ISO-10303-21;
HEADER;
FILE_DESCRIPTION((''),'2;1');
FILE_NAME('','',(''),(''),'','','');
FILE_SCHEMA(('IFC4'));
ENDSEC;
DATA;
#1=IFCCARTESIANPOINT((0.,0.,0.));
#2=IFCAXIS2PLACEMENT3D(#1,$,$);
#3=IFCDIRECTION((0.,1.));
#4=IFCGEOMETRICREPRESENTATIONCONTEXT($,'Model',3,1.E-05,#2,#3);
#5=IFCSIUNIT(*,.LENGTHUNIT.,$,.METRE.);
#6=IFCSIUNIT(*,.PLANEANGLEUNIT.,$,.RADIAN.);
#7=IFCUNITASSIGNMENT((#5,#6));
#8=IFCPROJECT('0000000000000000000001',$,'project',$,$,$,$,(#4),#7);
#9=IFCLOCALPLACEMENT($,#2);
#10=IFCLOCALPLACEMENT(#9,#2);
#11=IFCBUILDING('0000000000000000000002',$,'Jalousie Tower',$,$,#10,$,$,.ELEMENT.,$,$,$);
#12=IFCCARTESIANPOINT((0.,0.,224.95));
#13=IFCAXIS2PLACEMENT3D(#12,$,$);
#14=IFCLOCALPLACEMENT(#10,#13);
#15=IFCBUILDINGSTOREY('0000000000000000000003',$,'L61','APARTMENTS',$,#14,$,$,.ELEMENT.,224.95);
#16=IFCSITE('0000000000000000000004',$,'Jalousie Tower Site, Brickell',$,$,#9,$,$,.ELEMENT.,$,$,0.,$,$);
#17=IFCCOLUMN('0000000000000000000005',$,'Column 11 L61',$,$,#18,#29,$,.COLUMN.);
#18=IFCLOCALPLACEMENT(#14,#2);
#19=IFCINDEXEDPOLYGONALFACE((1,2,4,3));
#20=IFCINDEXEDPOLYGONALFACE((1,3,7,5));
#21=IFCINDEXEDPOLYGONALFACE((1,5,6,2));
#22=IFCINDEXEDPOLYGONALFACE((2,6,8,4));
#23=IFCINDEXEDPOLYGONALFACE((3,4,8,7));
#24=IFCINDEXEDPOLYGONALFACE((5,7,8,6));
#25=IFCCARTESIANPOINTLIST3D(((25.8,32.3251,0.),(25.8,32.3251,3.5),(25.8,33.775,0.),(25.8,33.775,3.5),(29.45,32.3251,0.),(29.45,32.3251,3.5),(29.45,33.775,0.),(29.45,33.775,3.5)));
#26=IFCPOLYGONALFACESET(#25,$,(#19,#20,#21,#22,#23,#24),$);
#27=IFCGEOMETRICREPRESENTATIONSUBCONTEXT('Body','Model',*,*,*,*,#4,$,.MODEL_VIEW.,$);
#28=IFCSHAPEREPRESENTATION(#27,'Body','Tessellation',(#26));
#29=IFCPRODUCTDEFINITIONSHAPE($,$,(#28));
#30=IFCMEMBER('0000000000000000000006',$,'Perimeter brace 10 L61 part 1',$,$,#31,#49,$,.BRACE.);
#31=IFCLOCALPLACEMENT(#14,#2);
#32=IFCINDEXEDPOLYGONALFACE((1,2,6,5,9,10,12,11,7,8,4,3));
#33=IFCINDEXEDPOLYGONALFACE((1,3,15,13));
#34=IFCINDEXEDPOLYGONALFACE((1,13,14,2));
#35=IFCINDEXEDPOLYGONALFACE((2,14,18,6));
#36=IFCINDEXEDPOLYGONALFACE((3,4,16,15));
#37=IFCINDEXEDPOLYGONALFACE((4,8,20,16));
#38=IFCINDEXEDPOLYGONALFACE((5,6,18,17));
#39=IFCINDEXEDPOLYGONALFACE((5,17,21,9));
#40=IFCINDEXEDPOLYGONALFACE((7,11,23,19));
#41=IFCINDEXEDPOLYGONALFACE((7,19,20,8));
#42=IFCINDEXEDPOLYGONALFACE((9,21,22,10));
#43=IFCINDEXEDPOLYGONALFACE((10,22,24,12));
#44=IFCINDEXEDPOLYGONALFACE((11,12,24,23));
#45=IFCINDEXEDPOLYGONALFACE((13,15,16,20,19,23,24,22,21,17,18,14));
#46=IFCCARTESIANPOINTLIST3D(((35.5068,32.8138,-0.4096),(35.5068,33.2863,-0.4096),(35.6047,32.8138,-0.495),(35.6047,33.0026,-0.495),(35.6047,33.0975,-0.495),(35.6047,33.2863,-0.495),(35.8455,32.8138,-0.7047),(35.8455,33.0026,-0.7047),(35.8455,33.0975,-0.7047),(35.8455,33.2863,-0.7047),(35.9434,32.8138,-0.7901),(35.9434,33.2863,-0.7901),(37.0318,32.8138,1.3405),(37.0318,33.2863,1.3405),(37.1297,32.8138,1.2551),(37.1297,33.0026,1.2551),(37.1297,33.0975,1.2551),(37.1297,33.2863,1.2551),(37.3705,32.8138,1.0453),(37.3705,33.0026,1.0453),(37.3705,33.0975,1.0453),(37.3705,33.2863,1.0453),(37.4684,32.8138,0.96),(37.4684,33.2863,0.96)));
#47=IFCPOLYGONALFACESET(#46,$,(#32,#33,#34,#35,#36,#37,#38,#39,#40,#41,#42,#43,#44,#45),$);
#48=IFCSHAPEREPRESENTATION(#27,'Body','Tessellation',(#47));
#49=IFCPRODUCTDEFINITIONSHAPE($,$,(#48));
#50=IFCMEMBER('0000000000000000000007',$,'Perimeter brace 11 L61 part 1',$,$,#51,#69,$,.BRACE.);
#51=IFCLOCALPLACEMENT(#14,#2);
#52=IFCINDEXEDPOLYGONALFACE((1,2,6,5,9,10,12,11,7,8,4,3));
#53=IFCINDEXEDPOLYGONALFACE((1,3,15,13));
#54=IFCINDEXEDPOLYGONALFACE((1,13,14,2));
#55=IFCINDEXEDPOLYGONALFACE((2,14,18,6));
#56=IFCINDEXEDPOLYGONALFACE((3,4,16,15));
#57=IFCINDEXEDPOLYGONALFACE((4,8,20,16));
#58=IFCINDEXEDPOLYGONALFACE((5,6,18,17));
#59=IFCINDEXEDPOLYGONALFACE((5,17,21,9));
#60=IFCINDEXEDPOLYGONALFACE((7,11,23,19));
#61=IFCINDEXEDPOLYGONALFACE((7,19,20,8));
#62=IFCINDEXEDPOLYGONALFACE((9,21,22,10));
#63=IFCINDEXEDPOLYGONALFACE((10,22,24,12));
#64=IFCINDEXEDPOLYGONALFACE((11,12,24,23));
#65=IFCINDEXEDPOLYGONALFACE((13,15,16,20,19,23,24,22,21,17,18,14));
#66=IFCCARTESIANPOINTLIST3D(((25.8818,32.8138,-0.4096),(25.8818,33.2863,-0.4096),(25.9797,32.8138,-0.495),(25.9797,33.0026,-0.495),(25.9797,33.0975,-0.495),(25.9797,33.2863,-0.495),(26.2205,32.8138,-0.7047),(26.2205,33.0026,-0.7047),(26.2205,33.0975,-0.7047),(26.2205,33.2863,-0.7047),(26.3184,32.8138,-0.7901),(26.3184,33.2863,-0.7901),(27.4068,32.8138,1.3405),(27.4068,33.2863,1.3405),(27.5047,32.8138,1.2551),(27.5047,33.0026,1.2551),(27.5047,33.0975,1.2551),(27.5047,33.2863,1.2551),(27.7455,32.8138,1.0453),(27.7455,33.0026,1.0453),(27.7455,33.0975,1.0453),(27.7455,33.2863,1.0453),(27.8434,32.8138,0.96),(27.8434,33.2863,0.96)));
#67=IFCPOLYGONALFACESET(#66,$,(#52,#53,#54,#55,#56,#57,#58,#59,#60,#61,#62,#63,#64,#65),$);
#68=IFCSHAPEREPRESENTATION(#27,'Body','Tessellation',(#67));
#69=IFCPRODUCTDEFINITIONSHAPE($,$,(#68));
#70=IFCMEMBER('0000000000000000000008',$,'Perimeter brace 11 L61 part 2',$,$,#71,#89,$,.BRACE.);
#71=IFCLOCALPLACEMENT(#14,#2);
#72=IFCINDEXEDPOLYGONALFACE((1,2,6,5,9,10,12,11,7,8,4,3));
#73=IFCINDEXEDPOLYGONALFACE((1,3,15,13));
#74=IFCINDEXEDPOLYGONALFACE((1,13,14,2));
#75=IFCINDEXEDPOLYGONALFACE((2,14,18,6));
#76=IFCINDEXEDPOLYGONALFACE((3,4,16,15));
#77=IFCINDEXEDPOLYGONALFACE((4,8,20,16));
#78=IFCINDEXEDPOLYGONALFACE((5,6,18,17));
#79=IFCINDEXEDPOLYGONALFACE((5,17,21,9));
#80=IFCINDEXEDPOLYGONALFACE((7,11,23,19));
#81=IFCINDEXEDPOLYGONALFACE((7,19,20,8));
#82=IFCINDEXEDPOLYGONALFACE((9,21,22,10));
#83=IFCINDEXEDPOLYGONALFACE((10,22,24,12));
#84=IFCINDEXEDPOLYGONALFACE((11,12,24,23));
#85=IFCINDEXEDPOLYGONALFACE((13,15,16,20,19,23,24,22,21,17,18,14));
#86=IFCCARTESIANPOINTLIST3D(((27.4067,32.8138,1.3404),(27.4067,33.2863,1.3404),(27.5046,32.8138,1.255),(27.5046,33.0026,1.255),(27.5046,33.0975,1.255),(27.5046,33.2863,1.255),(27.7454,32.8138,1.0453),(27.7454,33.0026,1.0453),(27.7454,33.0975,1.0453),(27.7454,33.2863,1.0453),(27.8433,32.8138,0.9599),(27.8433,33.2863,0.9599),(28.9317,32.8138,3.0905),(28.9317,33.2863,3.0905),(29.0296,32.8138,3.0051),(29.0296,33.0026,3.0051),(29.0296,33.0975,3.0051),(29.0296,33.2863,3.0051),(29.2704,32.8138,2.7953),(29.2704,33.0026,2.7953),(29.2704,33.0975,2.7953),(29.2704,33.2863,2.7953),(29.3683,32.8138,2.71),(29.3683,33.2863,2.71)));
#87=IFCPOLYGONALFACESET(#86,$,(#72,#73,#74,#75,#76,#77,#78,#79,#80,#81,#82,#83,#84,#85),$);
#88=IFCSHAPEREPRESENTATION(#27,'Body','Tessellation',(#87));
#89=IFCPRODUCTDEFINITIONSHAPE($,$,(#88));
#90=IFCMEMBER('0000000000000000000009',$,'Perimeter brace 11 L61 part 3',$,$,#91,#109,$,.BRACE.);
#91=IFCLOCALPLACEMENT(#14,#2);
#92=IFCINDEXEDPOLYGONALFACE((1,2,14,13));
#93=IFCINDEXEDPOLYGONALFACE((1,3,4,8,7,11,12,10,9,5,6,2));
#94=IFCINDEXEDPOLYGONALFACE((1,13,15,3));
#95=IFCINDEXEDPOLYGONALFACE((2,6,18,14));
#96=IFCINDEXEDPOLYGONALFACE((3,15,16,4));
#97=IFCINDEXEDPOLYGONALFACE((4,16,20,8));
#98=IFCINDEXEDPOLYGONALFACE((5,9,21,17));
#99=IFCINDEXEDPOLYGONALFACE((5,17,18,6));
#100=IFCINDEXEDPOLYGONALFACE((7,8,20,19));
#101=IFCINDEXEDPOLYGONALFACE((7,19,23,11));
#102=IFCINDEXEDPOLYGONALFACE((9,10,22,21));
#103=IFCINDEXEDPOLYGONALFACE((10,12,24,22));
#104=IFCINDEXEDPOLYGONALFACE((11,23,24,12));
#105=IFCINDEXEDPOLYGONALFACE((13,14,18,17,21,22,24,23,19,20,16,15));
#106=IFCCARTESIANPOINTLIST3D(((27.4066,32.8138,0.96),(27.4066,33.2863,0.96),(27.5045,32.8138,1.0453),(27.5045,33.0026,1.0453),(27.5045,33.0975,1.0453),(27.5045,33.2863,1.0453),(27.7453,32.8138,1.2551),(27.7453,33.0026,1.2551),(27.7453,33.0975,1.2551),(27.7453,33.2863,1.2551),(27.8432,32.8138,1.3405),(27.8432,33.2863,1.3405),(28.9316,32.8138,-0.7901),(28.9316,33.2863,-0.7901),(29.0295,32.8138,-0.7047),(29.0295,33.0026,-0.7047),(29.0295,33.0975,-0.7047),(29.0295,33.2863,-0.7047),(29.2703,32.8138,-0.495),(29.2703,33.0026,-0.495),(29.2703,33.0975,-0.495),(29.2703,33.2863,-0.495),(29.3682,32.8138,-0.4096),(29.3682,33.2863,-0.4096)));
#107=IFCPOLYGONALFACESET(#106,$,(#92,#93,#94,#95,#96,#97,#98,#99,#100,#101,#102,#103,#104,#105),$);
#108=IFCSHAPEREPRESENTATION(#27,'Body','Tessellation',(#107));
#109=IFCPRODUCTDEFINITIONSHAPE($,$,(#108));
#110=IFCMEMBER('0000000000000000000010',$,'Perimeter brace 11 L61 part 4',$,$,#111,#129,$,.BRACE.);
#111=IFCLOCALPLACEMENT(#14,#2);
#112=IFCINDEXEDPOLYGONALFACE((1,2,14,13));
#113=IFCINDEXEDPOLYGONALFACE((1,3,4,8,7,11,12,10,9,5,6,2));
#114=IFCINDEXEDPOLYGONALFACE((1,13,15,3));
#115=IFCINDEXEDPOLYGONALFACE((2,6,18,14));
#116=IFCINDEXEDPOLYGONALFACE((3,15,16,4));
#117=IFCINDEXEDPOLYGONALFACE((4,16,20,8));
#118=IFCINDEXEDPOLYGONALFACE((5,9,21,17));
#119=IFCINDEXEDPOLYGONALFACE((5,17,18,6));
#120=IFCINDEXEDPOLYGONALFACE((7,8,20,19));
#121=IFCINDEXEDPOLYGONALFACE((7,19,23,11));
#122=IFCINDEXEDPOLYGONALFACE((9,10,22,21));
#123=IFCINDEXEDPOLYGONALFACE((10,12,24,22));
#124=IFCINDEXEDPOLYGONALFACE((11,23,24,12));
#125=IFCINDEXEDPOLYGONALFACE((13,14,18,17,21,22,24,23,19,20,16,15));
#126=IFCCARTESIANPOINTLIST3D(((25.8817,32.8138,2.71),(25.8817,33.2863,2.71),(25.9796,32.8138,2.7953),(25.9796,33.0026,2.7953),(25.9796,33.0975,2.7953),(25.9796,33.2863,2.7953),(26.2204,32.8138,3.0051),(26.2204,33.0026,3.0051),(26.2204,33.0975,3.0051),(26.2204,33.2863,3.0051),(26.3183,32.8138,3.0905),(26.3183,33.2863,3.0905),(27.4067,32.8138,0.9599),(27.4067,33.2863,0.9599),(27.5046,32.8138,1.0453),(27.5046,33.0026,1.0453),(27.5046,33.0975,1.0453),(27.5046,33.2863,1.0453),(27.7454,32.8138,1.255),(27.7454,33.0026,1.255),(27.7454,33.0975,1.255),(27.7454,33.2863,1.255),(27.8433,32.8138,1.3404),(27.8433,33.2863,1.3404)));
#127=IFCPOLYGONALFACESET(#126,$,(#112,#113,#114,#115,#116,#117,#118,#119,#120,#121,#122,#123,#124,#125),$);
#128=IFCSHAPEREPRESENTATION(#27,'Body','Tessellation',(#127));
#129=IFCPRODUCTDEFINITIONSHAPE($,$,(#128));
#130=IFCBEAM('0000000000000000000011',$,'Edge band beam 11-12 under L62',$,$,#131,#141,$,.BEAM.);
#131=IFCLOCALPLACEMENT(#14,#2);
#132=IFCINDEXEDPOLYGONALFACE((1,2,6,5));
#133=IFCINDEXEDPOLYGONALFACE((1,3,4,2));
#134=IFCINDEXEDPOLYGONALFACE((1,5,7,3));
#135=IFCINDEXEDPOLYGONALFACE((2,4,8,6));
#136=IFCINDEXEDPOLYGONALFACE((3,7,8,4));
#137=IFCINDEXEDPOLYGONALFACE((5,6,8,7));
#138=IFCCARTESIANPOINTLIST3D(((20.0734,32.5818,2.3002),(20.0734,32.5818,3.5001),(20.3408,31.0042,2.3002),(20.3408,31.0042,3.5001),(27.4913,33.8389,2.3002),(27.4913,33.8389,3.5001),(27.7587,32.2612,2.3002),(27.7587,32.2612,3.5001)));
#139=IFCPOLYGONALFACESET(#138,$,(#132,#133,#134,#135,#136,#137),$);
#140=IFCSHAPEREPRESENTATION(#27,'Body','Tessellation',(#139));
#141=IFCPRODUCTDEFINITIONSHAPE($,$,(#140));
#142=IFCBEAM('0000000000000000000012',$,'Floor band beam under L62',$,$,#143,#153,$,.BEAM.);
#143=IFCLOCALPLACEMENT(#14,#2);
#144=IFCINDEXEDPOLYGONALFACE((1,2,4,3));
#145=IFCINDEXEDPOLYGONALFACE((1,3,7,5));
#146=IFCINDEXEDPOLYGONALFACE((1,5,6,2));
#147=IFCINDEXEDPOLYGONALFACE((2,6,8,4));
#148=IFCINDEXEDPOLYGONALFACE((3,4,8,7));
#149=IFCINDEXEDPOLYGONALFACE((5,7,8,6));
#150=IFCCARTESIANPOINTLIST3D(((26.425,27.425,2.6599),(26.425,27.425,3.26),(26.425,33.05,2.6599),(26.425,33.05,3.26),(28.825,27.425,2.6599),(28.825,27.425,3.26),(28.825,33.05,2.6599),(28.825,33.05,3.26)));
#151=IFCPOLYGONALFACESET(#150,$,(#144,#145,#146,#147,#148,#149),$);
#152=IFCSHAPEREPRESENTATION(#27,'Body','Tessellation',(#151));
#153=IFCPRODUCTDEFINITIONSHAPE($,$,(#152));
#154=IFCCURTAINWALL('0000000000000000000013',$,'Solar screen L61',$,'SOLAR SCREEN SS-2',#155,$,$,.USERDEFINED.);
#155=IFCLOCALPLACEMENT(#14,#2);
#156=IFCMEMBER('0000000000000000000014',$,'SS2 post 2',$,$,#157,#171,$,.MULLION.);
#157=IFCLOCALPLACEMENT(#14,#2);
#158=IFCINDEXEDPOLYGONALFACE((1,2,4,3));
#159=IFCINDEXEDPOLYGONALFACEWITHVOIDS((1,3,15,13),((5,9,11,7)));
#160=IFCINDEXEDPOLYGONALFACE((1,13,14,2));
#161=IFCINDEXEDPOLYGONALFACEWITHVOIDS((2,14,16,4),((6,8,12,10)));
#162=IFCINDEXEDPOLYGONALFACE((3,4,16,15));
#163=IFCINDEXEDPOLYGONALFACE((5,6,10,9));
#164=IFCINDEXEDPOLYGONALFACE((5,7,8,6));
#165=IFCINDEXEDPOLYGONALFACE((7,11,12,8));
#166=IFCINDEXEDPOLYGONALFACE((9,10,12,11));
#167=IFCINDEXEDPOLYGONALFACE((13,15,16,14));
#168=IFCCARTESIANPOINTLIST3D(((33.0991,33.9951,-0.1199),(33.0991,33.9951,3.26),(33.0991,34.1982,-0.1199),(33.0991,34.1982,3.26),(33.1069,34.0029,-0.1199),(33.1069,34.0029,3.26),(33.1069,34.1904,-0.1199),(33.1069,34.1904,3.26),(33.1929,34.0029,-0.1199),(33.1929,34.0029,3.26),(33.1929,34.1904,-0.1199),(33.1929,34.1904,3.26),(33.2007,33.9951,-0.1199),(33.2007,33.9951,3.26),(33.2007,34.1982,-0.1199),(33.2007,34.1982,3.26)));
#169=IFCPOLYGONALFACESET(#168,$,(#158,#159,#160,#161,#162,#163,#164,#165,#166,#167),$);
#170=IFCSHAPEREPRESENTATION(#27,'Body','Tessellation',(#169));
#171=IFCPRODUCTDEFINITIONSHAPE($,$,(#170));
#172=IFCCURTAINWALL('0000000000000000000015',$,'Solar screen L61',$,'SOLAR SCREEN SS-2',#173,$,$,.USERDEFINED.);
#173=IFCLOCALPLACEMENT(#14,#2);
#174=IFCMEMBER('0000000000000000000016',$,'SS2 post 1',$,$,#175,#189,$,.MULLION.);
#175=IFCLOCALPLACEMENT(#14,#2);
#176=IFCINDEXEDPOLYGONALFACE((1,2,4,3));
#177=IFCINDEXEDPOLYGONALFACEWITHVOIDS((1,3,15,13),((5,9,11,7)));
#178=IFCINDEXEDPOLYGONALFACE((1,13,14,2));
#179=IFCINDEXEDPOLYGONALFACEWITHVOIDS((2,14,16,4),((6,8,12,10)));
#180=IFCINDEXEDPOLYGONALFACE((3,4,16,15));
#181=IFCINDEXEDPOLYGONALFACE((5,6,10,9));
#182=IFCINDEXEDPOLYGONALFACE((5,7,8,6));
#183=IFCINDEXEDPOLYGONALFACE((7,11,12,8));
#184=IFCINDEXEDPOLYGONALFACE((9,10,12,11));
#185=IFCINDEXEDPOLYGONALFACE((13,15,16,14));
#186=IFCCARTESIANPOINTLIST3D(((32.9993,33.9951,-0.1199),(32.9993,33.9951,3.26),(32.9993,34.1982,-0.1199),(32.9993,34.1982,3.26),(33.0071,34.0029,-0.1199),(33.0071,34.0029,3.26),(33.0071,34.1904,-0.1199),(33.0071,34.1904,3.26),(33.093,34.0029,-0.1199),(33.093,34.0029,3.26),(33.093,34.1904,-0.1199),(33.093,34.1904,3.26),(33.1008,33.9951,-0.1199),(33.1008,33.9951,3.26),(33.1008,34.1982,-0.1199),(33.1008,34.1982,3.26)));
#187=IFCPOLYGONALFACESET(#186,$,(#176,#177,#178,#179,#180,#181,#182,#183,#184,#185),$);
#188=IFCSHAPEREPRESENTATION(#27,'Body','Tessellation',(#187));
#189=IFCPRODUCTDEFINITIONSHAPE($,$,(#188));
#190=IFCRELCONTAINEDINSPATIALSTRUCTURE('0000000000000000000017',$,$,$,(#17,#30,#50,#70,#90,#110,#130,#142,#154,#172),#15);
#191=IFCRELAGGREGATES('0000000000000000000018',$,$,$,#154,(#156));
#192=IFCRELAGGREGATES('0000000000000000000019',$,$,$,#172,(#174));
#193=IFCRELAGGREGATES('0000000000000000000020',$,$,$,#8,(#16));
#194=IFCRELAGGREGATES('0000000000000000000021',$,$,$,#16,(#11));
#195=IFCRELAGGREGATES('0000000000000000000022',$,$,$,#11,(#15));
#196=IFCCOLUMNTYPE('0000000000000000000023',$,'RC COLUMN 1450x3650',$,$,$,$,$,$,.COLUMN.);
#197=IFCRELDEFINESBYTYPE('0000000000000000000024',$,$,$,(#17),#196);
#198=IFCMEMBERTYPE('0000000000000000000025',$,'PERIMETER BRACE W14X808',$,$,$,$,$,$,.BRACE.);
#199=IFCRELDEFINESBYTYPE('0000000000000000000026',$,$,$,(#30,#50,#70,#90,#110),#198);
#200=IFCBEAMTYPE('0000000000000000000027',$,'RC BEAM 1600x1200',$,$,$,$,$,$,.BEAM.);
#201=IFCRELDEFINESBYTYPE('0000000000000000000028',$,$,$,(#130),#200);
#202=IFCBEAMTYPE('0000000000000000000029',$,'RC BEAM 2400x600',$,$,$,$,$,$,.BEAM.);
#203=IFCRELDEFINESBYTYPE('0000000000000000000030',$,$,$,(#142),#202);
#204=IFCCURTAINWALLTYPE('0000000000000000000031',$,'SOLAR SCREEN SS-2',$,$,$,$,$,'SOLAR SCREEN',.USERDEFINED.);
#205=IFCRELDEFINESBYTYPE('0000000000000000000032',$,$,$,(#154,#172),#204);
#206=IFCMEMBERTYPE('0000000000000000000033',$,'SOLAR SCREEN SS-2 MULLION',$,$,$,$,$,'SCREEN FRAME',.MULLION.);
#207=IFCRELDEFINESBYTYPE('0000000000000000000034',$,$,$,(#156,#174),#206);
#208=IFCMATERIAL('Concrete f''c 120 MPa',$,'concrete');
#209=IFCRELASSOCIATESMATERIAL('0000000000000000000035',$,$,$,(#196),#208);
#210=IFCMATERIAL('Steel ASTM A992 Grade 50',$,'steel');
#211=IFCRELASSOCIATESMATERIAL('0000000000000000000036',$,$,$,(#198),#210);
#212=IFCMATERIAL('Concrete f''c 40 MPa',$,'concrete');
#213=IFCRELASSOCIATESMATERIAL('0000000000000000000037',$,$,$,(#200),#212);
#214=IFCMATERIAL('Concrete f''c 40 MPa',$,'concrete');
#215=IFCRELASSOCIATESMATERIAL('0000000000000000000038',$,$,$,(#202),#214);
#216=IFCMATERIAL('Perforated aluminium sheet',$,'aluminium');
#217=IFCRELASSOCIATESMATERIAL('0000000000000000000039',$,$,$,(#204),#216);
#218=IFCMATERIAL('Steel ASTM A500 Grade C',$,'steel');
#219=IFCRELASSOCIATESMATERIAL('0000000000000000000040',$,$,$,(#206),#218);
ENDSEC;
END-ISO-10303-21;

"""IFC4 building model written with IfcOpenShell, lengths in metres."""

from ifc_helpers import new_model, si_unit, direction, frame, origin, origin_2d, place, context, subcontext, project, spatial, rectangle, hollow_rectangle, i_section, extrude, material, material_profile, profile_set, type_object, element, aggregate, save


model = new_model("IFC4")

# Units and contexts
model_context = context("Model", 3, precision=1e-05, world=origin(), true_north=direction((0.0, 1.0)))
body_context = subcontext(model_context, "Body", "Model", "MODEL_VIEW")
ifc_project = project(units=[si_unit("LENGTHUNIT", "METRE"), si_unit("PLANEANGLEUNIT", "RADIAN")], contexts=[model_context])

# Site, building, storey
site_placement = place(None, origin())
site = spatial("IfcSite", under=ifc_project, at=site_placement, Name="Jalousie Tower Site, Brickell", CompositionType="ELEMENT", RefElevation=0.0)
building_placement = place(site_placement, origin())
building = spatial("IfcBuilding", under=site, at=building_placement, Name="Jalousie Tower", CompositionType="ELEMENT")
storey_placement = place(building_placement, frame((0.0, 0.0, 224.95)))
storey = spatial("IfcBuildingStorey", under=building, at=storey_placement, Name="L61", Description="APARTMENTS", CompositionType="ELEMENT", Elevation=224.95)

# Column
ifc_material_1 = material(Name="Concrete f'c 120 MPa", Category="concrete")
ifc_material_profile_1 = material_profile(ifc_material_1, rectangle(XDim=1.45, YDim=3.6499, at=origin_2d()), Name="RC 1450x3650")
ifc_profile_set_1 = profile_set([ifc_material_profile_1], Name="Concrete f'c 120 MPa")
column_type = type_object("IfcColumnType", Name="RC COLUMN 1450x3650", PredefinedType="COLUMN", material=ifc_profile_set_1)
column_placement = place(storey_placement, frame((27.625, 33.05, 0.0), z_axis=(0.0, 0.0, 1.0), x_axis=(0.0, 1.0, 0.0)))
element("IfcColumn", 1, at=column_placement, inside=storey, type_object=column_type, Name="Column 11 L61", PredefinedType="COLUMN", context=body_context, shape_type="SweptSolid", body=[
    extrude(rectangle(XDim=1.45, YDim=3.6499, at=origin_2d()), origin(), (0.0, 0.0, 1.0), 3.5),
])

# Members
ifc_material_2 = material(Name="Steel ASTM A992 Grade 50", Category="steel")
ifc_material_profile_2 = material_profile(ifc_material_2, i_section(OverallWidth=0.4724, OverallDepth=0.5791, WebThickness=0.095, FlangeThickness=0.1299, at=origin_2d()), Name="W14X808")
ifc_profile_set_2 = profile_set([ifc_material_profile_2], Name="Steel ASTM A992 Grade 50")
member_type_1 = type_object("IfcMemberType", Name="PERIMETER BRACE W14X808", PredefinedType="BRACE", material=ifc_profile_set_2)
for number, where, z_axis, x_axis, name in (
    (2, (35.7251, 33.05, -0.5999), (0.656954, 0.0, 0.75393), (0.0, 1.0, 0.0), "Perimeter brace 10 L61 part 1"),
    (3, (26.1001, 33.05, -0.5999), (0.656954, 0.0, 0.75393), (0.0, 1.0, 0.0), "Perimeter brace 11 L61 part 1"),
    (4, (27.625, 33.05, 1.1501), (0.656954, 0.0, 0.75393), (0.0, 1.0, 0.0), "Perimeter brace 11 L61 part 2"),
    (5, (29.1499, 33.05, -0.5999), (-0.656954, 0.0, 0.75393), (0.0, -1.0, 0.0), "Perimeter brace 11 L61 part 3"),
    (6, (27.625, 33.05, 1.1501), (-0.656954, 0.0, 0.75393), (0.0, -1.0, 0.0), "Perimeter brace 11 L61 part 4"),
):
    element("IfcMember", number, at=place(storey_placement, frame(where, z_axis=z_axis, x_axis=x_axis)), inside=storey, type_object=member_type_1, Name=name, PredefinedType="BRACE", context=body_context, shape_type="SweptSolid", body=[
        extrude(i_section(OverallWidth=0.4724, OverallDepth=0.5791, WebThickness=0.095, FlangeThickness=0.1299, at=origin_2d()), origin(), (0.0, 0.0, 1.0), 2.3213),
    ])

# Beams
ifc_material_3 = material(Name="Concrete f'c 40 MPa", Category="concrete")
ifc_material_profile_3 = material_profile(ifc_material_3, rectangle(XDim=1.6001, YDim=1.2, at=origin_2d()), Name="RC 1600x1200")
ifc_profile_set_3 = profile_set([ifc_material_profile_3], Name="Concrete f'c 40 MPa")
beam_type_1 = type_object("IfcBeamType", Name="RC BEAM 1600x1200", PredefinedType="BEAM", material=ifc_profile_set_3)
beam_1_placement = place(storey_placement, frame((27.625, 33.05, 2.9001), z_axis=(-0.985943, -0.167082, 0.0), x_axis=(0.167082, -0.985943, 0.0)))
element("IfcBeam", 7, at=beam_1_placement, inside=storey, type_object=beam_type_1, Name="Edge band beam 11-12 under L62", PredefinedType="BEAM", context=body_context, shape_type="SweptSolid", body=[
    extrude(rectangle(XDim=1.6001, YDim=1.2, at=origin_2d()), origin(), (0.0, 0.0, 1.0), 7.5237),
])
ifc_material_4 = material(Name="Concrete f'c 40 MPa", Category="concrete")
ifc_material_profile_4 = material_profile(ifc_material_4, rectangle(XDim=2.3999, YDim=0.6001, at=origin_2d()), Name="RC 2400x600")
ifc_profile_set_4 = profile_set([ifc_material_profile_4], Name="Concrete f'c 40 MPa")
beam_type_2 = type_object("IfcBeamType", Name="RC BEAM 2400x600", PredefinedType="BEAM", material=ifc_profile_set_4)
beam_2_placement = place(storey_placement, frame((27.625, 33.05, 2.96), z_axis=(0.0, -1.0, 0.0), x_axis=(1.0, 0.0, 0.0)))
element("IfcBeam", 8, at=beam_2_placement, inside=storey, type_object=beam_type_2, Name="Floor band beam under L62", PredefinedType="BEAM", context=body_context, shape_type="SweptSolid", body=[
    extrude(rectangle(XDim=2.3999, YDim=0.6001, at=origin_2d()), origin(), (0.0, 0.0, 1.0), 5.625),
])

# Curtain wall, member
ifc_material_5 = material(Name="Perforated aluminium sheet", Category="aluminium")
curtain_wall_type = type_object("IfcCurtainWallType", Name="SOLAR SCREEN SS-2", ElementType="SOLAR SCREEN", PredefinedType="USERDEFINED", material=ifc_material_5)
curtain_wall_1_placement = place(storey_placement, origin())
curtain_wall_1 = element("IfcCurtainWall", 9, at=curtain_wall_1_placement, inside=storey, type_object=curtain_wall_type, Name="Solar screen L61", ObjectType="SOLAR SCREEN SS-2", PredefinedType="USERDEFINED")
ifc_material_6 = material(Name="Steel ASTM A500 Grade C", Category="steel")
ifc_material_profile_5 = material_profile(ifc_material_6, hollow_rectangle(XDim=0.1016, YDim=0.2031, WallThickness=0.0078, at=origin_2d()), Name="HSS8X4X5/16")
ifc_profile_set_5 = profile_set([ifc_material_profile_5], Name="Steel ASTM A500 Grade C")
member_type_2 = type_object("IfcMemberType", Name="SOLAR SCREEN SS-2 MULLION", ElementType="SCREEN FRAME", PredefinedType="MULLION", material=ifc_profile_set_5)
member_1_placement = place(storey_placement, frame((33.1499, 34.0967, -0.1199), z_axis=(0.0, 0.0, 1.0), x_axis=(-1.0, 0.0, 0.0)))
member_1 = element("IfcMember", 10, at=member_1_placement, type_object=member_type_2, Name="SS2 post 2", PredefinedType="MULLION", context=body_context, shape_type="SweptSolid", body=[
    extrude(hollow_rectangle(XDim=0.1016, YDim=0.2031, WallThickness=0.0078, at=origin_2d()), origin(), (0.0, 0.0, 1.0), 3.3799),
])

# Curtain wall, member
curtain_wall_2_placement = place(storey_placement, origin())
curtain_wall_2 = element("IfcCurtainWall", 11, at=curtain_wall_2_placement, inside=storey, type_object=curtain_wall_type, Name="Solar screen L61", ObjectType="SOLAR SCREEN SS-2", PredefinedType="USERDEFINED")
member_2_placement = place(storey_placement, frame((33.05, 34.0967, -0.1199), z_axis=(0.0, 0.0, 1.0), x_axis=(-1.0, 0.0, 0.0)))
member_2 = element("IfcMember", 12, at=member_2_placement, type_object=member_type_2, Name="SS2 post 1", PredefinedType="MULLION", context=body_context, shape_type="SweptSolid", body=[
    extrude(hollow_rectangle(XDim=0.1016, YDim=0.2031, WallThickness=0.0078, at=origin_2d()), origin(), (0.0, 0.0, 1.0), 3.3799),
])

aggregate(curtain_wall_1, [member_1])
aggregate(curtain_wall_2, [member_2])

save(model, "model.ifc")
